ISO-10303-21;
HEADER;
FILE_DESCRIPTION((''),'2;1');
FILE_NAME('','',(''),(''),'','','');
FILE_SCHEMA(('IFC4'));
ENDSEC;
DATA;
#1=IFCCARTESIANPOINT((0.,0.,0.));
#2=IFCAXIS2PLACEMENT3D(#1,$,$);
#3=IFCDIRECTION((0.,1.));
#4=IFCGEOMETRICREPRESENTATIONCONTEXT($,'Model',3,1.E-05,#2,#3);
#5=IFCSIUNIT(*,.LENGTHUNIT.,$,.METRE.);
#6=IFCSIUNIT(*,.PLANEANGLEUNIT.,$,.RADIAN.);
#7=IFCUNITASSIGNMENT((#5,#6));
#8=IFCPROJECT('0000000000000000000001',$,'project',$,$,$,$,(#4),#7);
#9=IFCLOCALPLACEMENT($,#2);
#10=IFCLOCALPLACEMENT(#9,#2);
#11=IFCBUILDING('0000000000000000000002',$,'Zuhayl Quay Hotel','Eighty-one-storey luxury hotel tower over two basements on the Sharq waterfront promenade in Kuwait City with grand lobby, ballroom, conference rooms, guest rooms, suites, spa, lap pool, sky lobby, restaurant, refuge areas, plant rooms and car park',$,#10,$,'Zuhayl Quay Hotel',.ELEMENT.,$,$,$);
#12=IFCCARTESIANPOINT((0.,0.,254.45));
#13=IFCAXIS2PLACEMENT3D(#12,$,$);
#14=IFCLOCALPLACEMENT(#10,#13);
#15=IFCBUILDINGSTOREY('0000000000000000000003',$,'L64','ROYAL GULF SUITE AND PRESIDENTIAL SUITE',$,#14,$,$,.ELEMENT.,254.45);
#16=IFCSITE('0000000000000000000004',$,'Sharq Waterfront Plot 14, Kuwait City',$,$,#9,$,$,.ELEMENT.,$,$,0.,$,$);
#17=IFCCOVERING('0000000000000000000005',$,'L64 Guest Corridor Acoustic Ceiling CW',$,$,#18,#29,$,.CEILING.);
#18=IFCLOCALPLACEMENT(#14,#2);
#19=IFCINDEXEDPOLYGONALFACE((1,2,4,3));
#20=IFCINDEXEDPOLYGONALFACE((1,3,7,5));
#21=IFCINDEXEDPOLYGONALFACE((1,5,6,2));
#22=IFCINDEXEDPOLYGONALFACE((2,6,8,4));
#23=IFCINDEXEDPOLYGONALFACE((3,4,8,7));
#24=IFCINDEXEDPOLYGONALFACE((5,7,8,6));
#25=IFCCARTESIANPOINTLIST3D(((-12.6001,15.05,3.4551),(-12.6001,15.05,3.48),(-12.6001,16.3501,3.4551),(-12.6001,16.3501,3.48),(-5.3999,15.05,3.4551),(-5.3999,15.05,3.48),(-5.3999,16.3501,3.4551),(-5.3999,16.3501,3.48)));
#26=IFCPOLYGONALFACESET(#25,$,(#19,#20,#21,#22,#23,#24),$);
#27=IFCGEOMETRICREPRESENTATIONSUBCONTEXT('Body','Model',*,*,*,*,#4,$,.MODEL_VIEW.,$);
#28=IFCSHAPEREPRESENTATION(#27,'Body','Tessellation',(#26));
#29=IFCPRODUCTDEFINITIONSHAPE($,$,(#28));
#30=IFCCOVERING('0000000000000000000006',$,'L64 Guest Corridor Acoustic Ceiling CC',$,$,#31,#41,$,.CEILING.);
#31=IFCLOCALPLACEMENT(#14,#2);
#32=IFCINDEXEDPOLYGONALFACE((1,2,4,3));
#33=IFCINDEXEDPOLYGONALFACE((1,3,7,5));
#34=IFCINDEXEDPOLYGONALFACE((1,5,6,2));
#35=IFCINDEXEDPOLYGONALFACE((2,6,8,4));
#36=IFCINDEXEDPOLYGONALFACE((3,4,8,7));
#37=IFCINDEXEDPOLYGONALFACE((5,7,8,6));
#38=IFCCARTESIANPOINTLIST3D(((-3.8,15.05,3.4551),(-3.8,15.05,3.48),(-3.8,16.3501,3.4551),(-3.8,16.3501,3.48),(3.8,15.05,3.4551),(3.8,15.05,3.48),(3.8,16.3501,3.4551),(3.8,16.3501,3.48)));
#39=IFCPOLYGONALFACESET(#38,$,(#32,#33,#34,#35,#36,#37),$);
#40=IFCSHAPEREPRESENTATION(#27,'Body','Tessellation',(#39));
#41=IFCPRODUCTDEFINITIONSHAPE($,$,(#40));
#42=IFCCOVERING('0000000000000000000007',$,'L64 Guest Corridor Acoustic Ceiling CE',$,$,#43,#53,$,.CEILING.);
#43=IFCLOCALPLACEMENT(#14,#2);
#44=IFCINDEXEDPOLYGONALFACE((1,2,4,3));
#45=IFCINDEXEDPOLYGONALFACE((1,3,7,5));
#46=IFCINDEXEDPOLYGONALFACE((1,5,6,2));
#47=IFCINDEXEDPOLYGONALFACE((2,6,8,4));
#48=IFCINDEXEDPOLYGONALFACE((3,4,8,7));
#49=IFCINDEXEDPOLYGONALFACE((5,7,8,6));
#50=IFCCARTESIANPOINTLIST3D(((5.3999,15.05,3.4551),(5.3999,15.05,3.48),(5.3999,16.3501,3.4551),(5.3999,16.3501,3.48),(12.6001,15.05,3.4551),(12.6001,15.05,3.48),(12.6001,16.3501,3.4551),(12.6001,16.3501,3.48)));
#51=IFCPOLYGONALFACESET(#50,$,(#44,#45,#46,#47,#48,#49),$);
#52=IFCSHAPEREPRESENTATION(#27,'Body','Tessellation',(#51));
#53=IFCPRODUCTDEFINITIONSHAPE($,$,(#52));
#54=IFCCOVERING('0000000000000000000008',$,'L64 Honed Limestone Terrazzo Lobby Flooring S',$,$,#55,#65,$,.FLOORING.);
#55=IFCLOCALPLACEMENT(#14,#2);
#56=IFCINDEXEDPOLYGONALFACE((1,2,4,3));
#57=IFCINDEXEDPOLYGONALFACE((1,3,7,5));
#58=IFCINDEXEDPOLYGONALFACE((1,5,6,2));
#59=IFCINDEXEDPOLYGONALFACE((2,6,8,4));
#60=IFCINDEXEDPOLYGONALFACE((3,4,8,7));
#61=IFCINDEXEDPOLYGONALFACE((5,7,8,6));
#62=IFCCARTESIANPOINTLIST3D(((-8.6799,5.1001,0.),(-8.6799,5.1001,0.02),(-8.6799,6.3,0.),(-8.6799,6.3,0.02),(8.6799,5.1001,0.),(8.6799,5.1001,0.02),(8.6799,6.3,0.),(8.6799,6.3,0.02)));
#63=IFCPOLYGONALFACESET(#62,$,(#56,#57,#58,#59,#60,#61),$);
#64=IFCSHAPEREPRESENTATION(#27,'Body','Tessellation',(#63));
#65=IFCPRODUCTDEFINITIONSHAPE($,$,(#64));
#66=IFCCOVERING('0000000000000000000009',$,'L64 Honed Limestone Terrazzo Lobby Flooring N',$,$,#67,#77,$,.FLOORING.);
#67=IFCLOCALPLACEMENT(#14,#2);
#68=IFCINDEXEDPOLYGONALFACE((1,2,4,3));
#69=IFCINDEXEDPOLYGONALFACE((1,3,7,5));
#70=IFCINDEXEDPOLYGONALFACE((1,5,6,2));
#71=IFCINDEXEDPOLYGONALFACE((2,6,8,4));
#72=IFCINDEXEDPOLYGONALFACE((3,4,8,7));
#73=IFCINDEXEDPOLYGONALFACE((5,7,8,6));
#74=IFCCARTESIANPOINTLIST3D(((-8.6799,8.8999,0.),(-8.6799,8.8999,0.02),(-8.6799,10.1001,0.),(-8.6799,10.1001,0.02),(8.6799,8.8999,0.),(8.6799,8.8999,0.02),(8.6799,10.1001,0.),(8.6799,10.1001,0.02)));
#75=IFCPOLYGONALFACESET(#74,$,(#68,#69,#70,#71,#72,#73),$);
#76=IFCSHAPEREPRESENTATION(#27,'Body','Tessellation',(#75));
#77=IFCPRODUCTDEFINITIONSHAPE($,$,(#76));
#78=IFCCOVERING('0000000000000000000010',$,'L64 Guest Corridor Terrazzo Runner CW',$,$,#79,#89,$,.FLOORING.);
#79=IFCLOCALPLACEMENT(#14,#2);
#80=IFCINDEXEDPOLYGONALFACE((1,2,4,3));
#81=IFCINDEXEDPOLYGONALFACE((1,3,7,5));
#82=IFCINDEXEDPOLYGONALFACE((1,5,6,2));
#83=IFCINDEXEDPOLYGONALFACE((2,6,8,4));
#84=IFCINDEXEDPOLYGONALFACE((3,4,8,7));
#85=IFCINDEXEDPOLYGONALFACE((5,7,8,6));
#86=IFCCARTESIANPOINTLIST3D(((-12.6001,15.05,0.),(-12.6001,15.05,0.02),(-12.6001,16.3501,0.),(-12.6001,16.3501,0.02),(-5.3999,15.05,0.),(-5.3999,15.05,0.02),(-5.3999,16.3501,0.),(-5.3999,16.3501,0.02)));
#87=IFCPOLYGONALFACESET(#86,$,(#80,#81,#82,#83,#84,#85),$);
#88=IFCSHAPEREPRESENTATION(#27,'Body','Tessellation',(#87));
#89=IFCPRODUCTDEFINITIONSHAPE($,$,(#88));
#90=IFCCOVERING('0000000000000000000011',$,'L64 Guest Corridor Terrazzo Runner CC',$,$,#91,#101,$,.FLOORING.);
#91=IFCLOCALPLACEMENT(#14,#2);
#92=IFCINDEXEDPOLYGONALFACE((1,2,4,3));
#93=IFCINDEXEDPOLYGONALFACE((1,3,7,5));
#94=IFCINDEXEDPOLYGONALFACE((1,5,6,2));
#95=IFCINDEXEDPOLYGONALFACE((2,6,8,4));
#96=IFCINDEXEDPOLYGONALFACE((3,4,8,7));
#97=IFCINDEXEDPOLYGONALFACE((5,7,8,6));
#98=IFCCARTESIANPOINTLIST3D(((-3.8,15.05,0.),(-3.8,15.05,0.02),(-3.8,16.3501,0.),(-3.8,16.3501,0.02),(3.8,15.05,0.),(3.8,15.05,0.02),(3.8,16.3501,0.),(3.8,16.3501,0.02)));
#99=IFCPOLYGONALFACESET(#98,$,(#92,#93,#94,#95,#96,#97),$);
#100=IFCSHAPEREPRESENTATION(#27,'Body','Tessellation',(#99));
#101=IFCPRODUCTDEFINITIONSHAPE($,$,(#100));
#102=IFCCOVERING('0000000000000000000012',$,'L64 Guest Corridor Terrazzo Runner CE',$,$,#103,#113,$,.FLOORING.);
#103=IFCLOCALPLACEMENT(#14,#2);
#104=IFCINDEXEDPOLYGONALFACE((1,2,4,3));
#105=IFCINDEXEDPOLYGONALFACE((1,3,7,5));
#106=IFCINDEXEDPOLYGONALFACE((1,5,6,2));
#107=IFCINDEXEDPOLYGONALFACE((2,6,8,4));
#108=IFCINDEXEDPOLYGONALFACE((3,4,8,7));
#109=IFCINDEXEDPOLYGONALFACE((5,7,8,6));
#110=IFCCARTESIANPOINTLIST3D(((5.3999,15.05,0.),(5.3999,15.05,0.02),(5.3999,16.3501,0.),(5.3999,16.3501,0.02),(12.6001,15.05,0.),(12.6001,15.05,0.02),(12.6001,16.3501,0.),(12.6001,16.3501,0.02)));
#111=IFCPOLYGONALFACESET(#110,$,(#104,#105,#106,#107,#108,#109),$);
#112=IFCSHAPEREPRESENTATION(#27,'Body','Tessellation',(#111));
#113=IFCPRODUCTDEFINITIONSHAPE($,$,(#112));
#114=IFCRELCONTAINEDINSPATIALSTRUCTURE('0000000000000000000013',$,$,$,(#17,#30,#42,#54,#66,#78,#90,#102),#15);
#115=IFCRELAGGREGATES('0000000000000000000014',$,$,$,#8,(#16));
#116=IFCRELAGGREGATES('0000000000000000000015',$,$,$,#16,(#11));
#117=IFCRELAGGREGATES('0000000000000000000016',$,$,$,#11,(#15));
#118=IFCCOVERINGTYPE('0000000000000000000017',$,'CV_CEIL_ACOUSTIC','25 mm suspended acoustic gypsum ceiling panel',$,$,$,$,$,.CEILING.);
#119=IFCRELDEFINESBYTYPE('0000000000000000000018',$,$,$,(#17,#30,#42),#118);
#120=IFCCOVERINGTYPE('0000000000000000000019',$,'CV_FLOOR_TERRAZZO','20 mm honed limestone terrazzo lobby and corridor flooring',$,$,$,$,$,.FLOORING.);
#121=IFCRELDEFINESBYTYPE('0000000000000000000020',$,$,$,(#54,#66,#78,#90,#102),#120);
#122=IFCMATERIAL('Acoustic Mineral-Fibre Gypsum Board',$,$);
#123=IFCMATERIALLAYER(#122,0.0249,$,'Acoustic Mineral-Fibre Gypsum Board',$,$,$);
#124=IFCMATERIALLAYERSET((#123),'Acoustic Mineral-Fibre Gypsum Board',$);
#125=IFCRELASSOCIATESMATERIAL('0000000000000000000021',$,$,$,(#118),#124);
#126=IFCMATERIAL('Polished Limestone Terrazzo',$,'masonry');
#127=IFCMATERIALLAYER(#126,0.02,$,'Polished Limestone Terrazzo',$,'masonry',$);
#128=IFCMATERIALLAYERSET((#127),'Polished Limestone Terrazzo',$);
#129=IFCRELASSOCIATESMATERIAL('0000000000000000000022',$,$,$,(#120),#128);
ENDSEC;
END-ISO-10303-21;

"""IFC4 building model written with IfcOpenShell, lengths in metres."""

from ifc_helpers import new_model, si_unit, direction, frame, origin, place, context, subcontext, project, spatial, polyline, outline, extrude, material, layer, layer_set, type_object, element, save


model = new_model("IFC4")

# Units and contexts
model_context = context("Model", 3, precision=1e-05, world=origin(), true_north=direction((0.0, 1.0)))
body_context = subcontext(model_context, "Body", "Model", "MODEL_VIEW")
ifc_project = project(units=[si_unit("LENGTHUNIT", "METRE"), si_unit("PLANEANGLEUNIT", "RADIAN")], contexts=[model_context])

# Site, building, storey
site_placement = place(None, origin())
site = spatial("IfcSite", under=ifc_project, at=site_placement, Name="Sharq Waterfront Plot 14, Kuwait City", CompositionType="ELEMENT", RefElevation=0.0)
building_placement = place(site_placement, origin())
building = spatial("IfcBuilding", under=site, at=building_placement, Name="Zuhayl Quay Hotel", Description="Eighty-one-storey luxury hotel tower over two basements on the Sharq waterfront promenade in Kuwait City with grand lobby, ballroom, conference rooms, guest rooms, suites, spa, lap pool, sky lobby, restaurant, refuge areas, plant rooms and car park", LongName="Zuhayl Quay Hotel", CompositionType="ELEMENT")
storey_placement = place(building_placement, frame((0.0, 0.0, 254.45)))
storey = spatial("IfcBuildingStorey", under=building, at=storey_placement, Name="L64", Description="ROYAL GULF SUITE AND PRESIDENTIAL SUITE", CompositionType="ELEMENT", Elevation=254.45)

# Coverings
ifc_material_1 = material(Name="Acoustic Mineral-Fibre Gypsum Board")
ifc_layer_1 = layer(ifc_material_1, 0.0249, Name="Acoustic Mineral-Fibre Gypsum Board")
ifc_layer_set_1 = layer_set([ifc_layer_1], Name="Acoustic Mineral-Fibre Gypsum Board")
covering_type_1 = type_object("IfcCoveringType", Name="CV_CEIL_ACOUSTIC", Description="25 mm suspended acoustic gypsum ceiling panel", PredefinedType="CEILING", material=ifc_layer_set_1)
covering_1_placement = place(storey_placement, frame((0.0, 0.0, 3.4551)))
element("IfcCovering", 1, at=covering_1_placement, inside=storey, type_object=covering_type_1, Name="L64 Guest Corridor Acoustic Ceiling CW", PredefinedType="CEILING", context=body_context, shape_type="SweptSolid", body=[
    extrude(outline(polyline([(-12.6001, 15.05), (-5.3999, 15.05), (-5.3999, 16.3501), (-12.6001, 16.3501), (-12.6001, 15.05)])), origin(), (0.0, 0.0, 1.0), 0.0249),
])
covering_2_placement = place(storey_placement, frame((0.0, 0.0, 3.4551)))
element("IfcCovering", 2, at=covering_2_placement, inside=storey, type_object=covering_type_1, Name="L64 Guest Corridor Acoustic Ceiling CC", PredefinedType="CEILING", context=body_context, shape_type="SweptSolid", body=[
    extrude(outline(polyline([(-3.8, 15.05), (3.8, 15.05), (3.8, 16.3501), (-3.8, 16.3501), (-3.8, 15.05)])), origin(), (0.0, 0.0, 1.0), 0.0249),
])
covering_3_placement = place(storey_placement, frame((0.0, 0.0, 3.4551)))
element("IfcCovering", 3, at=covering_3_placement, inside=storey, type_object=covering_type_1, Name="L64 Guest Corridor Acoustic Ceiling CE", PredefinedType="CEILING", context=body_context, shape_type="SweptSolid", body=[
    extrude(outline(polyline([(5.3999, 15.05), (12.6001, 15.05), (12.6001, 16.3501), (5.3999, 16.3501), (5.3999, 15.05)])), origin(), (0.0, 0.0, 1.0), 0.0249),
])
ifc_material_2 = material(Name="Polished Limestone Terrazzo", Category="masonry")
ifc_layer_2 = layer(ifc_material_2, 0.02, Name="Polished Limestone Terrazzo", Category="masonry")
ifc_layer_set_2 = layer_set([ifc_layer_2], Name="Polished Limestone Terrazzo")
covering_type_2 = type_object("IfcCoveringType", Name="CV_FLOOR_TERRAZZO", Description="20 mm honed limestone terrazzo lobby and corridor flooring", PredefinedType="FLOORING", material=ifc_layer_set_2)
covering_4_placement = place(storey_placement, origin())
element("IfcCovering", 4, at=covering_4_placement, inside=storey, type_object=covering_type_2, Name="L64 Honed Limestone Terrazzo Lobby Flooring S", PredefinedType="FLOORING", context=body_context, shape_type="SweptSolid", body=[
    extrude(outline(polyline([(-8.6799, 5.1001), (8.6799, 5.1001), (8.6799, 6.3), (-8.6799, 6.3), (-8.6799, 5.1001)])), origin(), (0.0, 0.0, 1.0), 0.02),
])
covering_5_placement = place(storey_placement, origin())
element("IfcCovering", 5, at=covering_5_placement, inside=storey, type_object=covering_type_2, Name="L64 Honed Limestone Terrazzo Lobby Flooring N", PredefinedType="FLOORING", context=body_context, shape_type="SweptSolid", body=[
    extrude(outline(polyline([(-8.6799, 8.8999), (8.6799, 8.8999), (8.6799, 10.1001), (-8.6799, 10.1001), (-8.6799, 8.8999)])), origin(), (0.0, 0.0, 1.0), 0.02),
])
covering_6_placement = place(storey_placement, origin())
element("IfcCovering", 6, at=covering_6_placement, inside=storey, type_object=covering_type_2, Name="L64 Guest Corridor Terrazzo Runner CW", PredefinedType="FLOORING", context=body_context, shape_type="SweptSolid", body=[
    extrude(outline(polyline([(-12.6001, 15.05), (-5.3999, 15.05), (-5.3999, 16.3501), (-12.6001, 16.3501), (-12.6001, 15.05)])), origin(), (0.0, 0.0, 1.0), 0.02),
])
covering_7_placement = place(storey_placement, origin())
element("IfcCovering", 7, at=covering_7_placement, inside=storey, type_object=covering_type_2, Name="L64 Guest Corridor Terrazzo Runner CC", PredefinedType="FLOORING", context=body_context, shape_type="SweptSolid", body=[
    extrude(outline(polyline([(-3.8, 15.05), (3.8, 15.05), (3.8, 16.3501), (-3.8, 16.3501), (-3.8, 15.05)])), origin(), (0.0, 0.0, 1.0), 0.02),
])
covering_8_placement = place(storey_placement, origin())
element("IfcCovering", 8, at=covering_8_placement, inside=storey, type_object=covering_type_2, Name="L64 Guest Corridor Terrazzo Runner CE", PredefinedType="FLOORING", context=body_context, shape_type="SweptSolid", body=[
    extrude(outline(polyline([(5.3999, 15.05), (12.6001, 15.05), (12.6001, 16.3501), (5.3999, 16.3501), (5.3999, 15.05)])), origin(), (0.0, 0.0, 1.0), 0.02),
])

save(model, "model.ifc")
